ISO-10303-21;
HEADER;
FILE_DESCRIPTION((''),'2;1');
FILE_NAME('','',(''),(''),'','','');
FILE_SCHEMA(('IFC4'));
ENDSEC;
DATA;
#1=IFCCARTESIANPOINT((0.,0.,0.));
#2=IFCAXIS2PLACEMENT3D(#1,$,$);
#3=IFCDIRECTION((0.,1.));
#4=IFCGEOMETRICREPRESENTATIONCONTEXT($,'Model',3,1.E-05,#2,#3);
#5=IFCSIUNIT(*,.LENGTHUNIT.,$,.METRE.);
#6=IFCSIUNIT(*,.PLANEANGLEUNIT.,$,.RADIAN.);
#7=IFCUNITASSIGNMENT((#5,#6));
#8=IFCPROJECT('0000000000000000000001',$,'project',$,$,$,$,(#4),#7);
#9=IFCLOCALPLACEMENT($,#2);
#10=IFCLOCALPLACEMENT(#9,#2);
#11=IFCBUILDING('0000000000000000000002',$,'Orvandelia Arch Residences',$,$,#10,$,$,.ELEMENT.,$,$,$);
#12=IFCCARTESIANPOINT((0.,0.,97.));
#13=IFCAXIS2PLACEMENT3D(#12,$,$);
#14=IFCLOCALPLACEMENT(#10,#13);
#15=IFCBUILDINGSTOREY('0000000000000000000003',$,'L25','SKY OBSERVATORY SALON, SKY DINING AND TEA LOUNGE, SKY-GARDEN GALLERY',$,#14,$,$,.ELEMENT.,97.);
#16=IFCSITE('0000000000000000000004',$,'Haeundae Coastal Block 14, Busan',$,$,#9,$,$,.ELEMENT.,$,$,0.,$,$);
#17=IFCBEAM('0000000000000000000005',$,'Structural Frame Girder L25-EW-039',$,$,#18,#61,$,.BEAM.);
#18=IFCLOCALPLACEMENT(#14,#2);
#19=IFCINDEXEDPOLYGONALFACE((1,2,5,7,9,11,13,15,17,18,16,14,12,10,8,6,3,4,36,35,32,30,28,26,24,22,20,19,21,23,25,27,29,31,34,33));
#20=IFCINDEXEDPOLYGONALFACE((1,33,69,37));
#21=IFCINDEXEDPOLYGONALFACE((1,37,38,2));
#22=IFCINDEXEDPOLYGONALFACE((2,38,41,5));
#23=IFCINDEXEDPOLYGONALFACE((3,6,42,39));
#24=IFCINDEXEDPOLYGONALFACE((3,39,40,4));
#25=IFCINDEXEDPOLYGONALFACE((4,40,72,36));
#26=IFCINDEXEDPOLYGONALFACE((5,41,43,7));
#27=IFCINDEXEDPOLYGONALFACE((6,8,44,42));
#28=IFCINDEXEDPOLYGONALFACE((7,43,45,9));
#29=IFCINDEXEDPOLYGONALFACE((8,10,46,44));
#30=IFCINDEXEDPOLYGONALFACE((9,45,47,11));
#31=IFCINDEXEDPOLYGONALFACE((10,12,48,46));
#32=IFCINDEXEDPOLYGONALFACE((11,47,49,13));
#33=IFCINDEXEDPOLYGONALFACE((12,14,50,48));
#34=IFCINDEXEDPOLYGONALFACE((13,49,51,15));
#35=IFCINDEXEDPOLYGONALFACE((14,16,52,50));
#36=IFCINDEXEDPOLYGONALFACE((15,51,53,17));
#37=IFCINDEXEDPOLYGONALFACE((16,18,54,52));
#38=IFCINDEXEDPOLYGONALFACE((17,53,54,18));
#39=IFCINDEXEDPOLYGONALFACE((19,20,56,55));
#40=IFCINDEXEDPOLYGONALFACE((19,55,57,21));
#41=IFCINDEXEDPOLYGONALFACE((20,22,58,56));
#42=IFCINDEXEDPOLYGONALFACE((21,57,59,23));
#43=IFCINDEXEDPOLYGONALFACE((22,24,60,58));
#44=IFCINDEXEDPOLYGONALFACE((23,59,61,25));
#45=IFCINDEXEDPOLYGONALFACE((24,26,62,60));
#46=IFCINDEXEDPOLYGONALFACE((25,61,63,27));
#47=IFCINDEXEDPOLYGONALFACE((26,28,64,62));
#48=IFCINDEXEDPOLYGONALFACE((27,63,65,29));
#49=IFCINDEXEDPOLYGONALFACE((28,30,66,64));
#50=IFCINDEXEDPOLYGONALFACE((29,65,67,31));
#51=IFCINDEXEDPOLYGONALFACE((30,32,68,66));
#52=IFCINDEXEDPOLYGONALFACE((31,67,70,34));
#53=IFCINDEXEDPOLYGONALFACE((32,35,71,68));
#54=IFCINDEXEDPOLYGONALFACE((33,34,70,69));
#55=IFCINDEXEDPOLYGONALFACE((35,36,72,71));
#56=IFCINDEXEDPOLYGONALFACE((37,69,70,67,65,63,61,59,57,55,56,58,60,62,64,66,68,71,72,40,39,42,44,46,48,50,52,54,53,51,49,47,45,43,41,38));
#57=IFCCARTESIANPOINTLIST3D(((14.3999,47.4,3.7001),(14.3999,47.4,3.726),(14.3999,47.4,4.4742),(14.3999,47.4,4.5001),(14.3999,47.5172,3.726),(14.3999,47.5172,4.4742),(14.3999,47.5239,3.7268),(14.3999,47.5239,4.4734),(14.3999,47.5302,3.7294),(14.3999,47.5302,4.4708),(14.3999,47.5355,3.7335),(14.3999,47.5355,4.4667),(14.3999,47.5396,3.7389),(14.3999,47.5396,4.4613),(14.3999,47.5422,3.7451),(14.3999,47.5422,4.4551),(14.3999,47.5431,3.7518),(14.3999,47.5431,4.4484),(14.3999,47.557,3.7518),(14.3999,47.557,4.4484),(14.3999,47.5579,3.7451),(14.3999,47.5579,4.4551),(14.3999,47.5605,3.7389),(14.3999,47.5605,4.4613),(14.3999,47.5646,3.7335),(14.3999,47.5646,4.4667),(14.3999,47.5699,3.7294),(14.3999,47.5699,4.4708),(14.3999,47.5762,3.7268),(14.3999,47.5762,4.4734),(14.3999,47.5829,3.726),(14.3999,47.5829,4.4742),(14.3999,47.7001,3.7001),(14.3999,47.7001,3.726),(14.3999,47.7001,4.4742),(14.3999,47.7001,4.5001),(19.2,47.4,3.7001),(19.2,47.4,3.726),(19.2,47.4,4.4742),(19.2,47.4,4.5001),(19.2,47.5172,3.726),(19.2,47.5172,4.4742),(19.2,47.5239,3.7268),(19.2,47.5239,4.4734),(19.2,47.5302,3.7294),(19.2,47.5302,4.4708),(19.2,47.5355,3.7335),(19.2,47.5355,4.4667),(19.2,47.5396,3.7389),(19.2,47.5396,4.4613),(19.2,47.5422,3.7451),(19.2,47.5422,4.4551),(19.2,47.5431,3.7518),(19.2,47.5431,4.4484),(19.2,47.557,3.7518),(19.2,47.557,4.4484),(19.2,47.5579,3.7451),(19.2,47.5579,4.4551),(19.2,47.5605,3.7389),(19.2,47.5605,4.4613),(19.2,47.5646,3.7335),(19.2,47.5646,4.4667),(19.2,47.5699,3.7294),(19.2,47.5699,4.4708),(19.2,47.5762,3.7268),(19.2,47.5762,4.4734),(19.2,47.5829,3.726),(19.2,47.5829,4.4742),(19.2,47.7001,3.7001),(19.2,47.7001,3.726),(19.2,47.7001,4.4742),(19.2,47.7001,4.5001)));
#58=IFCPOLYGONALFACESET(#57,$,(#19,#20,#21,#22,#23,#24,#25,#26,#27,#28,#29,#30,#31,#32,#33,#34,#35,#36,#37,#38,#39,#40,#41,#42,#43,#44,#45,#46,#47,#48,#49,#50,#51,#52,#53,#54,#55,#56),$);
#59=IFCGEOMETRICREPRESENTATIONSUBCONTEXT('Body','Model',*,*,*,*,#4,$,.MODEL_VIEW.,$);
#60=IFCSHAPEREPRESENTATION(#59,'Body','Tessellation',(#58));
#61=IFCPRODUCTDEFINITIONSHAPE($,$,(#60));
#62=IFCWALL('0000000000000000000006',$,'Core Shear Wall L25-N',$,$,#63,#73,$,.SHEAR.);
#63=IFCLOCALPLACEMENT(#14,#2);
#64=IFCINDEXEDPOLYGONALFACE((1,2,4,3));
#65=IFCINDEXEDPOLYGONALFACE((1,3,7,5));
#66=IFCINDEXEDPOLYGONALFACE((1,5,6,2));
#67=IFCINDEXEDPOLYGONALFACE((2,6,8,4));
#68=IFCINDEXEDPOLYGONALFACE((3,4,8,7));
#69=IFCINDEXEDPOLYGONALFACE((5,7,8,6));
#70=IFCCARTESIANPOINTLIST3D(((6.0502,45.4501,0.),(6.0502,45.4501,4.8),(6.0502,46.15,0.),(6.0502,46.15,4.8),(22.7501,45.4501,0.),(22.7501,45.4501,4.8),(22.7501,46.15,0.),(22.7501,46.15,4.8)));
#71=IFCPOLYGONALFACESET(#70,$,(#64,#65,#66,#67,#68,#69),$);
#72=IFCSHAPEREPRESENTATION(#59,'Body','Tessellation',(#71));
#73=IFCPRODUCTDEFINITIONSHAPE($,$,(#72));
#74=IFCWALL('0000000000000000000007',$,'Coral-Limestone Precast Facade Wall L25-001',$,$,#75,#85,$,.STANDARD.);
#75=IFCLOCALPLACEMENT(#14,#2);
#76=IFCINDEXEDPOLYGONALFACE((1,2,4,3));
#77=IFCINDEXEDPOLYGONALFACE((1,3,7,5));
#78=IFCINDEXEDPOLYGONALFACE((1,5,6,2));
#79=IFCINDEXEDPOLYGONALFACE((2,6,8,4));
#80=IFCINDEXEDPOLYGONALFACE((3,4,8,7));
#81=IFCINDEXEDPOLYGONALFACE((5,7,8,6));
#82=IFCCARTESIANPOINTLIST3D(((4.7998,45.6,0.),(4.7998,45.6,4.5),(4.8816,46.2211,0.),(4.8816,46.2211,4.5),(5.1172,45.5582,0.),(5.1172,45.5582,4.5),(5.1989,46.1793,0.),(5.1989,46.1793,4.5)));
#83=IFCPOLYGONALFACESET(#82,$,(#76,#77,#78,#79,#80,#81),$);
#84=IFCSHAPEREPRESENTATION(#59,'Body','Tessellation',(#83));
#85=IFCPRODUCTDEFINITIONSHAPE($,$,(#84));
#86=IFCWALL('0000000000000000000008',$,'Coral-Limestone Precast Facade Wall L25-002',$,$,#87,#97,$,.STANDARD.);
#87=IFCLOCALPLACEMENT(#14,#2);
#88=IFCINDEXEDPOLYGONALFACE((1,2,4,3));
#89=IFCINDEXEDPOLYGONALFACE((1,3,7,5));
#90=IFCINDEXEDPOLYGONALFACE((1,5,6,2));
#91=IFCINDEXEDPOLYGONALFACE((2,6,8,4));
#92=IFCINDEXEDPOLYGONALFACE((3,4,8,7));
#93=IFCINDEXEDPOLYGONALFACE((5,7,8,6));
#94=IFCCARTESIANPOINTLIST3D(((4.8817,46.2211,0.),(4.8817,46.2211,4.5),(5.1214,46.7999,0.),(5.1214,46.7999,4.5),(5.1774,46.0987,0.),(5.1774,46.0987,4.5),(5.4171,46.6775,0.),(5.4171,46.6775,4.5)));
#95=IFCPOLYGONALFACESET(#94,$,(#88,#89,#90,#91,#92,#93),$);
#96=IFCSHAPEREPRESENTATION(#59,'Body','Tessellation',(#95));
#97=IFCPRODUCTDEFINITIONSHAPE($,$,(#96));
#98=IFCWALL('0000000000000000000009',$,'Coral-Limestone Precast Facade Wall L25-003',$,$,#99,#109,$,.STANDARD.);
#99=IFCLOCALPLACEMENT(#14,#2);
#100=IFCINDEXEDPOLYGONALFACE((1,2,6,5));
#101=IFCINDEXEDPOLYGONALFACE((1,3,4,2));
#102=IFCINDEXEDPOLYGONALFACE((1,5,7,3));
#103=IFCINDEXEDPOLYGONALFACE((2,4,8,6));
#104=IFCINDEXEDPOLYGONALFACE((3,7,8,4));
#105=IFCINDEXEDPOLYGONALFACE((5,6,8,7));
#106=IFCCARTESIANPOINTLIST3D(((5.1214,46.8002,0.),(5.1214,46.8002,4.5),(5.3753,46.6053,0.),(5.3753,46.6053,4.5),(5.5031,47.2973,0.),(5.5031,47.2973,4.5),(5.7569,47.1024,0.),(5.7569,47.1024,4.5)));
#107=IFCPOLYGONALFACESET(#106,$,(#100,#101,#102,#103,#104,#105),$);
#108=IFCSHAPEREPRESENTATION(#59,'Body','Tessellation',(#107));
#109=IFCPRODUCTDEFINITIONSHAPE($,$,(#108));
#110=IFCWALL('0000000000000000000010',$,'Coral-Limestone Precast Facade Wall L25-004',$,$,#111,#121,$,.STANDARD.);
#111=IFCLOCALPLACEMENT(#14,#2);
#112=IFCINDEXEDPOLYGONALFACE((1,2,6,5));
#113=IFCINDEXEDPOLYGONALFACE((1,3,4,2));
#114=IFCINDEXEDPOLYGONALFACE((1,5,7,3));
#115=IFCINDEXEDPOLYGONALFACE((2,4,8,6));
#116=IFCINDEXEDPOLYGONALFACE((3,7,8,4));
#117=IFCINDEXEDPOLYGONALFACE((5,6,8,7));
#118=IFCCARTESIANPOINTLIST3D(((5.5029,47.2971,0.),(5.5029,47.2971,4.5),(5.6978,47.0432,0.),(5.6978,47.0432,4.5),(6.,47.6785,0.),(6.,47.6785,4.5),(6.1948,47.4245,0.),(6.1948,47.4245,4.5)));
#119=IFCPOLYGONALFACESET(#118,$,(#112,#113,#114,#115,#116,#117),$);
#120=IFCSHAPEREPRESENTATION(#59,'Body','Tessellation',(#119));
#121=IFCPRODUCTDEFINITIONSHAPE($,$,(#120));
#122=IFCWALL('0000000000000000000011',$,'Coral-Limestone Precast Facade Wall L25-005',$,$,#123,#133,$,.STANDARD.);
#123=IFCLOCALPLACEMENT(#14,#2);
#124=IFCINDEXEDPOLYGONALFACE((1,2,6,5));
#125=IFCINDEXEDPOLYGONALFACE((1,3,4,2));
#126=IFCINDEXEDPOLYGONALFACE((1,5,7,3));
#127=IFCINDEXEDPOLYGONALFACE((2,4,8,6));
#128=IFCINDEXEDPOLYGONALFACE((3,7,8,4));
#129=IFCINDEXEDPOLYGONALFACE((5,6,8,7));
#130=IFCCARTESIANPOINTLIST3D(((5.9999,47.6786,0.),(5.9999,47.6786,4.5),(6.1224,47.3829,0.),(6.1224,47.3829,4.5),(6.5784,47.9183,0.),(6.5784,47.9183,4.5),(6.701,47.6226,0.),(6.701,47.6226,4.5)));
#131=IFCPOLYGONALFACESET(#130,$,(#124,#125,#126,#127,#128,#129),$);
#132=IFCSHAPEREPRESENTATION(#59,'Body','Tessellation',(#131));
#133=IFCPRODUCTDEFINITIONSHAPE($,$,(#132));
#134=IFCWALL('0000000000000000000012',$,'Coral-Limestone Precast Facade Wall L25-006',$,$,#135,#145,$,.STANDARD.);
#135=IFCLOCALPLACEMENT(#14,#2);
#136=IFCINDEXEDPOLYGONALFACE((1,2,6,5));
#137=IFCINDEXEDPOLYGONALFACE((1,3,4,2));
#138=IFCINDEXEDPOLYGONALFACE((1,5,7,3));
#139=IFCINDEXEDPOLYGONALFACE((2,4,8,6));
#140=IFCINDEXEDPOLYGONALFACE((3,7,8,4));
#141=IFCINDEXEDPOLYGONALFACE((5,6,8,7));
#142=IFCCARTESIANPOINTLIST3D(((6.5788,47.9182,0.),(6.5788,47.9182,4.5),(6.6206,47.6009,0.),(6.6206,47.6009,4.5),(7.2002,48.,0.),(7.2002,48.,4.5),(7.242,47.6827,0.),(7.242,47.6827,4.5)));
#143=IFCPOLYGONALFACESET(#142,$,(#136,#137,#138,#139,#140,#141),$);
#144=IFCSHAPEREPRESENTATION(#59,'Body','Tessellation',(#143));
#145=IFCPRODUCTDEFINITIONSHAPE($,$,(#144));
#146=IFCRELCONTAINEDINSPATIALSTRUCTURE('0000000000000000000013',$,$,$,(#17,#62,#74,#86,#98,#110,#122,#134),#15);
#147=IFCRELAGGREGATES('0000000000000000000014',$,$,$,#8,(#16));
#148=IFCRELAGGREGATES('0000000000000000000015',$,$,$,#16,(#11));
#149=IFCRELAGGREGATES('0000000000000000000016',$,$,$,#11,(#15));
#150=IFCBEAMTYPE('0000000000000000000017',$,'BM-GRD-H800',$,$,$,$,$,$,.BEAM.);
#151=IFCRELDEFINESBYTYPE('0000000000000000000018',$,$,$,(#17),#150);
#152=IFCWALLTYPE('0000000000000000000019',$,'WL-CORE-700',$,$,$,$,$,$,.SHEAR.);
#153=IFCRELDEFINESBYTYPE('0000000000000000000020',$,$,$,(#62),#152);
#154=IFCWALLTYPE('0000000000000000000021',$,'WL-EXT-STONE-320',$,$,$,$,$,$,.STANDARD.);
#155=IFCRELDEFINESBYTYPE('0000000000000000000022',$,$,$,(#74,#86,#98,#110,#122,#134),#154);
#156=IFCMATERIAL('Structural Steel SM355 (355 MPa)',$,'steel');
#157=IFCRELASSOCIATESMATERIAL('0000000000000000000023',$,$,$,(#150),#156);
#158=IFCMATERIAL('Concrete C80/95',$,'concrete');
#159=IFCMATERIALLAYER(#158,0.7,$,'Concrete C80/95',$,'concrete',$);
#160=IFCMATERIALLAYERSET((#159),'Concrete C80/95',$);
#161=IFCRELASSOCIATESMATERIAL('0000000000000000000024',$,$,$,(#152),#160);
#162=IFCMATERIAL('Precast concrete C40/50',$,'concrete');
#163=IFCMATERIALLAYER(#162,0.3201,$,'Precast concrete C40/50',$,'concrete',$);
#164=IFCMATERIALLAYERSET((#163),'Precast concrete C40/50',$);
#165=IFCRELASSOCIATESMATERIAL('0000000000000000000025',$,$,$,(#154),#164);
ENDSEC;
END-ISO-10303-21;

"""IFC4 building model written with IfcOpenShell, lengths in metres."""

from ifc_helpers import new_model, si_unit, direction, frame, frame_2d, origin, origin_2d, place, context, subcontext, project, spatial, rectangle, i_section, extrude, material, layer, layer_set, material_profile, profile_set, type_object, element, save


model = new_model("IFC4")

# Units and contexts
model_context = context("Model", 3, precision=1e-05, world=origin(), true_north=direction((0.0, 1.0)))
body_context = subcontext(model_context, "Body", "Model", "MODEL_VIEW")
ifc_project = project(units=[si_unit("LENGTHUNIT", "METRE"), si_unit("PLANEANGLEUNIT", "RADIAN")], contexts=[model_context])

# Site, building, storey
site_placement = place(None, origin())
site = spatial("IfcSite", under=ifc_project, at=site_placement, Name="Haeundae Coastal Block 14, Busan", CompositionType="ELEMENT", RefElevation=0.0)
building_placement = place(site_placement, origin())
building = spatial("IfcBuilding", under=site, at=building_placement, Name="Orvandelia Arch Residences", CompositionType="ELEMENT")
storey_placement = place(building_placement, frame((0.0, 0.0, 97.0)))
storey = spatial("IfcBuildingStorey", under=building, at=storey_placement, Name="L25", Description="SKY OBSERVATORY SALON, SKY DINING AND TEA LOUNGE, SKY-GARDEN GALLERY", CompositionType="ELEMENT", Elevation=97.0)

# Shared definitions
ifc_material_1 = material(Name="Concrete C80/95", Category="concrete")

# Beam
ifc_material_2 = material(Name="Structural Steel SM355 (355 MPa)", Category="steel")
ifc_material_profile_1 = material_profile(ifc_material_2, i_section(OverallWidth=0.3, OverallDepth=0.8, WebThickness=0.0139, FlangeThickness=0.0259, FilletRadius=0.0259, at=origin_2d()), Name="Structural Steel SM355 (355 MPa)", Category="steel")
ifc_profile_set_1 = profile_set([ifc_material_profile_1], Name="Structural Steel SM355 (355 MPa)")
beam_type = type_object("IfcBeamType", Name="BM-GRD-H800", PredefinedType="BEAM", material=ifc_profile_set_1)
beam_1_placement = place(storey_placement, frame((14.3999, 47.55, 4.1001), z_axis=(1.0, 0.0, 0.0), x_axis=(0.0, 1.0, 0.0)))
element("IfcBeam", 1, at=beam_1_placement, inside=storey, type_object=beam_type, Name="Structural Frame Girder L25-EW-039", PredefinedType="BEAM", context=body_context, shape_type="SweptSolid", body=[
    extrude(i_section(OverallWidth=0.3, OverallDepth=0.8, WebThickness=0.0139, FlangeThickness=0.0259, FilletRadius=0.0259, at=origin_2d()), origin(), (0.0, 0.0, 1.0), 4.8),
])

# Walls
ifc_layer_1 = layer(ifc_material_1, 0.7, Name="Concrete C80/95", Category="concrete")
ifc_layer_set_1 = layer_set([ifc_layer_1], Name="Concrete C80/95")
wall_type_1 = type_object("IfcWallType", Name="WL-CORE-700", PredefinedType="SHEAR", material=ifc_layer_set_1)
wall_1_placement = place(storey_placement, frame((6.05, 45.8, 0.0), z_axis=(0.0, 0.0, 1.0), x_axis=(1.0, 0.0, 0.0)))
element("IfcWall", 2, at=wall_1_placement, inside=storey, type_object=wall_type_1, Name="Core Shear Wall L25-N", PredefinedType="SHEAR", context=body_context, shape_type="SweptSolid", body=[
    extrude(rectangle(XDim=16.7, YDim=0.7, at=frame_2d((8.3501, 0.0))), origin(), (0.0, 0.0, 1.0), 4.8),
])
ifc_material_3 = material(Name="Precast concrete C40/50", Category="concrete")
ifc_layer_2 = layer(ifc_material_3, 0.3201, Name="Precast concrete C40/50", Category="concrete")
ifc_layer_set_2 = layer_set([ifc_layer_2], Name="Precast concrete C40/50")
wall_type_2 = type_object("IfcWallType", Name="WL-EXT-STONE-320", PredefinedType="STANDARD", material=ifc_layer_set_2)
for number, where, z_axis, x_axis, name in (
    (3, (4.9585, 45.5791, 0.0), (0.0, 0.0, 1.0), (0.130555, 0.991441, 0.0), "Coral-Limestone Precast Facade Wall L25-001"),
    (4, (5.0295, 46.1599, 0.0), (0.0, 0.0, 1.0), (0.38265, 0.923893, 0.0), "Coral-Limestone Precast Facade Wall L25-002"),
):
    element("IfcWall", number, at=place(storey_placement, frame(where, z_axis=z_axis, x_axis=x_axis)), inside=storey, type_object=wall_type_2, Name=name, PredefinedType="STANDARD", context=body_context, shape_type="SweptSolid", body=[
        extrude(rectangle(XDim=0.6265, YDim=0.3201, at=frame_2d((0.3132, 0.0))), origin(), (0.0, 0.0, 1.0), 4.5),
    ])
wall_2_placement = place(storey_placement, frame((5.2483, 46.7026, 0.0), z_axis=(0.0, 0.0, 1.0), x_axis=(0.608939, 0.793217, 0.0)))
element("IfcWall", 5, at=wall_2_placement, inside=storey, type_object=wall_type_2, Name="Coral-Limestone Precast Facade Wall L25-003", PredefinedType="STANDARD", context=body_context, shape_type="SweptSolid", body=[
    extrude(rectangle(XDim=0.6267, YDim=0.3201, at=frame_2d((0.3135, 0.0))), origin(), (0.0, 0.0, 1.0), 4.5),
])
wall_3_placement = place(storey_placement, frame((5.6003, 47.1702, 0.0), z_axis=(0.0, 0.0, 1.0), x_axis=(0.793406, 0.608693, 0.0)))
element("IfcWall", 6, at=wall_3_placement, inside=storey, type_object=wall_type_2, Name="Coral-Limestone Precast Facade Wall L25-004", PredefinedType="STANDARD", context=body_context, shape_type="SweptSolid", body=[
    extrude(rectangle(XDim=0.6265, YDim=0.3201, at=frame_2d((0.3132, 0.0))), origin(), (0.0, 0.0, 1.0), 4.5),
])
wall_4_placement = place(storey_placement, frame((6.0613, 47.5308, 0.0), z_axis=(0.0, 0.0, 1.0), x_axis=(0.923836, 0.382788, 0.0)))
element("IfcWall", 7, at=wall_4_placement, inside=storey, type_object=wall_type_2, Name="Coral-Limestone Precast Facade Wall L25-005", PredefinedType="STANDARD", context=body_context, shape_type="SweptSolid", body=[
    extrude(rectangle(XDim=0.6262, YDim=0.3201, at=frame_2d((0.313, 0.0))), origin(), (0.0, 0.0, 1.0), 4.5),
])
wall_5_placement = place(storey_placement, frame((6.5996, 47.7595, 0.0), z_axis=(0.0, 0.0, 1.0), x_axis=(0.991448, 0.130505, 0.0)))
element("IfcWall", 8, at=wall_5_placement, inside=storey, type_object=wall_type_2, Name="Coral-Limestone Precast Facade Wall L25-006", PredefinedType="STANDARD", context=body_context, shape_type="SweptSolid", body=[
    extrude(rectangle(XDim=0.6267, YDim=0.3201, at=frame_2d((0.3135, 0.0))), origin(), (0.0, 0.0, 1.0), 4.5),
])

save(model, "model.ifc")
